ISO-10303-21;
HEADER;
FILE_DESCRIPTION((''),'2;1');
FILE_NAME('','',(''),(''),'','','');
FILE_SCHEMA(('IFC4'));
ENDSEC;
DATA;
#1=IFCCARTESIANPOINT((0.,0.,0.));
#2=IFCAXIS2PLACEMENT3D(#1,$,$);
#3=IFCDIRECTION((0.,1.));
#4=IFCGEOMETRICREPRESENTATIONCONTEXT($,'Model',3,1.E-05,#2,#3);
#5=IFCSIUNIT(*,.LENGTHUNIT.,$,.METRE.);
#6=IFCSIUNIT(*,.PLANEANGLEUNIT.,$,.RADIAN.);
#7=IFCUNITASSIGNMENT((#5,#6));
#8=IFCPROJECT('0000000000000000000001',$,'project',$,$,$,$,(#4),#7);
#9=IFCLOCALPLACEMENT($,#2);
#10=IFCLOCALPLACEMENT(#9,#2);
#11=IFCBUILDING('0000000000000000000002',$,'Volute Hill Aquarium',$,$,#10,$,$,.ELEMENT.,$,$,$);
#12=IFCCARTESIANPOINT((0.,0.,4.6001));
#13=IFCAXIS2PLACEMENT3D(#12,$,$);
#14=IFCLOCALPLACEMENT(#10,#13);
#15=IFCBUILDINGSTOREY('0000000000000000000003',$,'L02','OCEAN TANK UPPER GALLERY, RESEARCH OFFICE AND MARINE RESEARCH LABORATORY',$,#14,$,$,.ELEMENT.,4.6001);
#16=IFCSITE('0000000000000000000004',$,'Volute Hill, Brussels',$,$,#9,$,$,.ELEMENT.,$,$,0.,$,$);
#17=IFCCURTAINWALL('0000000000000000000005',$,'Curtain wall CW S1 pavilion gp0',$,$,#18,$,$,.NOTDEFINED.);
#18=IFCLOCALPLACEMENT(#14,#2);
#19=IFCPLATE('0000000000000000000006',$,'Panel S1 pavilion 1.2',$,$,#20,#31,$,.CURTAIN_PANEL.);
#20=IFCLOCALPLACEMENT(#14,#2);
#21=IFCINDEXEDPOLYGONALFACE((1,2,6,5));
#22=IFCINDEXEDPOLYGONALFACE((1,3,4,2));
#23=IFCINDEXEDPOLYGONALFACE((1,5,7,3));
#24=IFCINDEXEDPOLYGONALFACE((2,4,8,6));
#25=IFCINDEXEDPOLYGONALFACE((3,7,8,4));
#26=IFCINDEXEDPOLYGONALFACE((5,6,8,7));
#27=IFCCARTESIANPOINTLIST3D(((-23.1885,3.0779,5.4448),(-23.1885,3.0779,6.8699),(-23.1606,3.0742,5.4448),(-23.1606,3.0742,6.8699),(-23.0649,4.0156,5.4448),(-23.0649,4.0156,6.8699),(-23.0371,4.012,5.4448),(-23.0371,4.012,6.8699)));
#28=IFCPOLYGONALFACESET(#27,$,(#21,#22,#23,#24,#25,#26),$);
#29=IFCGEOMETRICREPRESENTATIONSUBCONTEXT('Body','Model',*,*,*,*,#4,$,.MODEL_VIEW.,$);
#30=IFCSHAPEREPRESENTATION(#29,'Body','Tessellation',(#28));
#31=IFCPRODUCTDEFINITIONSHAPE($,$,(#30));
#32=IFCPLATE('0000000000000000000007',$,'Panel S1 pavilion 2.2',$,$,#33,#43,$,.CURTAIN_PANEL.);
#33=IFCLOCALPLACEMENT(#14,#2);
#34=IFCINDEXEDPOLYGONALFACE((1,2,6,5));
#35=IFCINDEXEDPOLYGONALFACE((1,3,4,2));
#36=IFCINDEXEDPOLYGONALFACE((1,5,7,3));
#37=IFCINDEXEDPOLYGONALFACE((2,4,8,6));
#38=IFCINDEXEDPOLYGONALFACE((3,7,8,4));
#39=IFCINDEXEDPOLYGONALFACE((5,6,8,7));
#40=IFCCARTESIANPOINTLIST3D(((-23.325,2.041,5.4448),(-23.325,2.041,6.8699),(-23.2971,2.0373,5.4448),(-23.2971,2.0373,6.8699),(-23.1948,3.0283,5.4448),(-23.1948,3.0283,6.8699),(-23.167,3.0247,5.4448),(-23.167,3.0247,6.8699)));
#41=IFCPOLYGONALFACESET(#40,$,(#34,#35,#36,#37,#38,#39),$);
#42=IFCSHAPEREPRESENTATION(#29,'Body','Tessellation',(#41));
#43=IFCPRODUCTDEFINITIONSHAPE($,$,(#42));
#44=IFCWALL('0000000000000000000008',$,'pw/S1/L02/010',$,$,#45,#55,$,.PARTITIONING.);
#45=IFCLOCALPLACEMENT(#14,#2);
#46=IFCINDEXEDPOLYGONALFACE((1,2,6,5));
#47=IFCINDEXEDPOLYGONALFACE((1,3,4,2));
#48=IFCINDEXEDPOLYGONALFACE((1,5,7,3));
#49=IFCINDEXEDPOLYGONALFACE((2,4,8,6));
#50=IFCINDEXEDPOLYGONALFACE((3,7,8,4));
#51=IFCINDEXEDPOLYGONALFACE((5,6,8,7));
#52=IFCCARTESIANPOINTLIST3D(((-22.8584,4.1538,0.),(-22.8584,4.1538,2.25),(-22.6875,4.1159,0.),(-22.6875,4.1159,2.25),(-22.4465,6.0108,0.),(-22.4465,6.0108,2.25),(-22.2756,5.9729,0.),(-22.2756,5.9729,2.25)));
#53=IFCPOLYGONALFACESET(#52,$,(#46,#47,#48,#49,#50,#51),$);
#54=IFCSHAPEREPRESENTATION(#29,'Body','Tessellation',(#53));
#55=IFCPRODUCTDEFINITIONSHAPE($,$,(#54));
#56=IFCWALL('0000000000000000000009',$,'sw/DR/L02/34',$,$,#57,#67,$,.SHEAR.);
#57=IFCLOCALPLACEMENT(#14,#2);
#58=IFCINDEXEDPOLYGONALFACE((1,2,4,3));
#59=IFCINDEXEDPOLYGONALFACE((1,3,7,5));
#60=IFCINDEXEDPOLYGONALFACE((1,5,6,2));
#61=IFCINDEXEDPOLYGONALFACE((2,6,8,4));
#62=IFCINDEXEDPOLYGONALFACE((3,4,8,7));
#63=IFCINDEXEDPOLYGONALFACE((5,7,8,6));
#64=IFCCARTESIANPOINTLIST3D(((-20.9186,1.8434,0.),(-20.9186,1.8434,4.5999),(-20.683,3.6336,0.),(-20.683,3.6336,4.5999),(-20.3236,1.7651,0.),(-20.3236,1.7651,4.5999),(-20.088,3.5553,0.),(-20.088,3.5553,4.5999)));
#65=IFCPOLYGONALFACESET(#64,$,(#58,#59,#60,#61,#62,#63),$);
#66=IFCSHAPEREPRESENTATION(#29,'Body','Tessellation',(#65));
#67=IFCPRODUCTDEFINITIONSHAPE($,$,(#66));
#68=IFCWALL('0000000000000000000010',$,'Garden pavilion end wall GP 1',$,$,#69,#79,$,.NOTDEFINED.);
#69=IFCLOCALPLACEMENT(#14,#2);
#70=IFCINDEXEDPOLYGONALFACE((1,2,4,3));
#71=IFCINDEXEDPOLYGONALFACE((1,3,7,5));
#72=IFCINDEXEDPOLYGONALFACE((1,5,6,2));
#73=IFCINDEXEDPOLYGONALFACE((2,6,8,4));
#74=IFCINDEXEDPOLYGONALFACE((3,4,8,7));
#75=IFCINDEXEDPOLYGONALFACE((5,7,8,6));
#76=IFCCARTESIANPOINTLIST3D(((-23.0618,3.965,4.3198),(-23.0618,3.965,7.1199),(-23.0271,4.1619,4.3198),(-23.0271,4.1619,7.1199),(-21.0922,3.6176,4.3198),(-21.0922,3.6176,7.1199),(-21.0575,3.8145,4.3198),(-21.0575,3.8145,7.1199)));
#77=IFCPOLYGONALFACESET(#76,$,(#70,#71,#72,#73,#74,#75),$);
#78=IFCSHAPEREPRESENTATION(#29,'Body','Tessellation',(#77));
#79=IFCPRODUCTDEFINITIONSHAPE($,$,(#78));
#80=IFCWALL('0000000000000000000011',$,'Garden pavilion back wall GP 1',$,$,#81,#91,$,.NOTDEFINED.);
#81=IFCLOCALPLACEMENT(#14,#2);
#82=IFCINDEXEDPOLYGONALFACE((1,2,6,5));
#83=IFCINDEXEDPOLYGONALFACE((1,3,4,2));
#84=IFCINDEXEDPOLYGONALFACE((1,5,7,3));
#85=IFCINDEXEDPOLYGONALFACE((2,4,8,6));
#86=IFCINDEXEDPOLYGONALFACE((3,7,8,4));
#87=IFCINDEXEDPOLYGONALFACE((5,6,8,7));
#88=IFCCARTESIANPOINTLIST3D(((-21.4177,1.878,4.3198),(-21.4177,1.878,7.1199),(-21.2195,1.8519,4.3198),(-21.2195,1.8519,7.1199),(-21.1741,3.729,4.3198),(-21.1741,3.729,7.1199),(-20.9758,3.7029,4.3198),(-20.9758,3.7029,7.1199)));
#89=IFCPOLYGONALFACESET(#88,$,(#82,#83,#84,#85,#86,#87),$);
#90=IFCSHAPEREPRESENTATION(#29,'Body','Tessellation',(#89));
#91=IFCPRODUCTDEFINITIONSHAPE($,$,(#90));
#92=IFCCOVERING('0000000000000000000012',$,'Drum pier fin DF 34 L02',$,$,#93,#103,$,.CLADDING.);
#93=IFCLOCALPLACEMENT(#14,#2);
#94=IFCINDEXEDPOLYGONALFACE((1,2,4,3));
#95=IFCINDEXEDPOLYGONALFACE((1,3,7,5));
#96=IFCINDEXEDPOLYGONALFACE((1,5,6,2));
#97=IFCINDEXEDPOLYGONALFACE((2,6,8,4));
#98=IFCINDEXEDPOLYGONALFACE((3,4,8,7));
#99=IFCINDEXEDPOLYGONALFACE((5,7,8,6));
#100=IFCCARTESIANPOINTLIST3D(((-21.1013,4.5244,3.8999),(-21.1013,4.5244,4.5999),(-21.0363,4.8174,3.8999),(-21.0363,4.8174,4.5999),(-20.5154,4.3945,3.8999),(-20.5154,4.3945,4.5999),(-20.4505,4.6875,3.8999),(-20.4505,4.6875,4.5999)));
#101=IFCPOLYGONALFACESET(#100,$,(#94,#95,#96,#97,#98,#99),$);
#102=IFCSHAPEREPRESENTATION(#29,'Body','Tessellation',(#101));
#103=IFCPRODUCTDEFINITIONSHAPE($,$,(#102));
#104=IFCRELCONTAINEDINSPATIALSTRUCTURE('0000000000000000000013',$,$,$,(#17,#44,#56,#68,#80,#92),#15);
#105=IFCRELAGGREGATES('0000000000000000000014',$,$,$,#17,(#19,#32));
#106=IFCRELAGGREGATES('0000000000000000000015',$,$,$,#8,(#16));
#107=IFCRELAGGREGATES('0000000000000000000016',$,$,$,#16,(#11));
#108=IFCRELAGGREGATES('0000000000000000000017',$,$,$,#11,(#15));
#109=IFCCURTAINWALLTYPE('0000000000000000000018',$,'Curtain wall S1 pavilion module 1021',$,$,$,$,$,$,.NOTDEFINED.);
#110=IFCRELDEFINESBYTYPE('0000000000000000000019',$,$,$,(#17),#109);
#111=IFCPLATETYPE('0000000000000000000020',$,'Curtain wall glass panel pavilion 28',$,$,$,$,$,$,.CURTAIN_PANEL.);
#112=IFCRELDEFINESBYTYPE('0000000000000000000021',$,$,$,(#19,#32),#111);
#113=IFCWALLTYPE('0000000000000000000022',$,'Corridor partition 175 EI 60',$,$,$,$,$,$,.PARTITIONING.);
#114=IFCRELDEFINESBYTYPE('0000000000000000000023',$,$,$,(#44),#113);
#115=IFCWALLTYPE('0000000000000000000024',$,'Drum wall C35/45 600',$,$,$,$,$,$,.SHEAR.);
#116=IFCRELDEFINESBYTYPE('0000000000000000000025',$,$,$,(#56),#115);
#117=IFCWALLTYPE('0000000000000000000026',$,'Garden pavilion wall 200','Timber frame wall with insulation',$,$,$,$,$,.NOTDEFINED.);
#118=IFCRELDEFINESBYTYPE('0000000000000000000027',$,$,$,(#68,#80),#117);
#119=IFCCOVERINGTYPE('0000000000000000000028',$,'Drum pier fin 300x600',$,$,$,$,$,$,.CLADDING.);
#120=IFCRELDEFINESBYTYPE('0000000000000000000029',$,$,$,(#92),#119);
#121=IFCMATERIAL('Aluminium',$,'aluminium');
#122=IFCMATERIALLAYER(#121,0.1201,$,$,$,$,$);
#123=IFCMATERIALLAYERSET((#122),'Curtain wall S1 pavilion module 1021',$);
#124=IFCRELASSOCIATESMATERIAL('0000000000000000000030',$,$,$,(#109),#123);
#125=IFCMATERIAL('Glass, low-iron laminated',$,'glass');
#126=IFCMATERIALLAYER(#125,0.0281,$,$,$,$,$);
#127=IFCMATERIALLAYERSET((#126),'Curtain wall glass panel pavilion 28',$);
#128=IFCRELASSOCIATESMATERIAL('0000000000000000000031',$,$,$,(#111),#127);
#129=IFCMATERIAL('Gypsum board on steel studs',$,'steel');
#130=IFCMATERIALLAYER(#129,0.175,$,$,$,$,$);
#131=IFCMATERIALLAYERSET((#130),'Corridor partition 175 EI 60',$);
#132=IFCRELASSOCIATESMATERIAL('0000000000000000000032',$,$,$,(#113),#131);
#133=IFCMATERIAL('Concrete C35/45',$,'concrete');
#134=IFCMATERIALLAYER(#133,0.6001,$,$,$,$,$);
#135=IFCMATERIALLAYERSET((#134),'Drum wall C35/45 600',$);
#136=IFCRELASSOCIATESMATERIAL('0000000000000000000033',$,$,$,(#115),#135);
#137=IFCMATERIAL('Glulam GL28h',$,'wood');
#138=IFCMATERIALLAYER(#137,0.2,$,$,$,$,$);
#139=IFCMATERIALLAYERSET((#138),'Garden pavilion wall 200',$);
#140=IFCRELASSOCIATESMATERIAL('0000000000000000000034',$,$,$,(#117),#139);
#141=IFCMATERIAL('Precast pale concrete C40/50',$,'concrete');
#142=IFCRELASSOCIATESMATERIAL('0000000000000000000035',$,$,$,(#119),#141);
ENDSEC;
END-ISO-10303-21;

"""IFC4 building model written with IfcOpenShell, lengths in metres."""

from ifc_helpers import new_model, si_unit, direction, frame, frame_2d, origin, origin_2d, place, context, subcontext, project, spatial, polyline, rectangle, outline, extrude, material, layer, layer_set, type_object, element, aggregate, save


model = new_model("IFC4")

# Units and contexts
model_context = context("Model", 3, precision=1e-05, world=origin(), true_north=direction((0.0, 1.0)))
body_context = subcontext(model_context, "Body", "Model", "MODEL_VIEW")
ifc_project = project(units=[si_unit("LENGTHUNIT", "METRE"), si_unit("PLANEANGLEUNIT", "RADIAN")], contexts=[model_context])

# Site, building, storey
site_placement = place(None, origin())
site = spatial("IfcSite", under=ifc_project, at=site_placement, Name="Volute Hill, Brussels", CompositionType="ELEMENT", RefElevation=0.0)
building_placement = place(site_placement, origin())
building = spatial("IfcBuilding", under=site, at=building_placement, Name="Volute Hill Aquarium", CompositionType="ELEMENT")
storey_placement = place(building_placement, frame((0.0, 0.0, 4.6001)))
storey = spatial("IfcBuildingStorey", under=building, at=storey_placement, Name="L02", Description="OCEAN TANK UPPER GALLERY, RESEARCH OFFICE AND MARINE RESEARCH LABORATORY", CompositionType="ELEMENT", Elevation=4.6001)

# Curtain wall
ifc_material_1 = material(Name="Aluminium", Category="aluminium")
ifc_layer_1 = layer(ifc_material_1, 0.1201)
ifc_layer_set_1 = layer_set([ifc_layer_1], Name="Curtain wall S1 pavilion module 1021")
curtain_wall_type = type_object("IfcCurtainWallType", Name="Curtain wall S1 pavilion module 1021", PredefinedType="NOTDEFINED", material=ifc_layer_set_1)
curtain_wall_placement = place(storey_placement, origin())
curtain_wall = element("IfcCurtainWall", 1, at=curtain_wall_placement, inside=storey, type_object=curtain_wall_type, Name="Curtain wall CW S1 pavilion gp0", PredefinedType="NOTDEFINED")

# Plates
ifc_material_2 = material(Name="Glass, low-iron laminated", Category="glass")
ifc_layer_2 = layer(ifc_material_2, 0.0281)
ifc_layer_set_2 = layer_set([ifc_layer_2], Name="Curtain wall glass panel pavilion 28")
plate_type = type_object("IfcPlateType", Name="Curtain wall glass panel pavilion 28", PredefinedType="CURTAIN_PANEL", material=ifc_layer_set_2)
plate_1_placement = place(storey_placement, frame((-23.0649, 4.0156, 5.4448), z_axis=(-0.991434, 0.130608, 0.0), x_axis=(-0.130608, -0.991434, 0.0)))
plate_1 = element("IfcPlate", 2, at=plate_1_placement, type_object=plate_type, Name="Panel S1 pavilion 1.2", PredefinedType="CURTAIN_PANEL", context=body_context, shape_type="SweptSolid", body=[
    extrude(outline(polyline([(0.0, 0.0), (0.9458, 0.0), (0.9458, 1.425), (0.0, 1.425), (0.0, 0.0)])), origin(), (0.0, 0.0, -1.0), 0.0281),
])
plate_2_placement = place(storey_placement, frame((-23.1948, 3.0283, 5.4448), z_axis=(-0.991426, 0.13067, 0.0), x_axis=(-0.13067, -0.991426, 0.0)))
plate_2 = element("IfcPlate", 3, at=plate_2_placement, type_object=plate_type, Name="Panel S1 pavilion 2.2", PredefinedType="CURTAIN_PANEL", context=body_context, shape_type="SweptSolid", body=[
    extrude(outline(polyline([(0.0, 0.0), (0.9958, 0.0), (0.9958, 1.425), (0.0, 1.425), (0.0, 0.0)])), origin(), (0.0, 0.0, -1.0), 0.0281),
])
aggregate(curtain_wall, [plate_1, plate_2])

# Walls
ifc_material_3 = material(Name="Gypsum board on steel studs", Category="steel")
ifc_layer_3 = layer(ifc_material_3, 0.175)
ifc_layer_set_3 = layer_set([ifc_layer_3], Name="Corridor partition 175 EI 60")
wall_type_1 = type_object("IfcWallType", Name="Corridor partition 175 EI 60", PredefinedType="PARTITIONING", material=ifc_layer_set_3)
wall_1_placement = place(storey_placement, frame((-22.7729, 4.1348, 0.0), z_axis=(0.0, 0.0, 1.0), x_axis=(0.216536, 0.976275, 0.0)))
element("IfcWall", 4, at=wall_1_placement, inside=storey, type_object=wall_type_1, Name="pw/S1/L02/010", PredefinedType="PARTITIONING", context=body_context, shape_type="SweptSolid", body=[
    extrude(rectangle(XDim=1.9021, YDim=0.175, at=frame_2d((0.9512, 0.0))), origin(), (0.0, 0.0, 1.0), 2.25),
])
ifc_material_4 = material(Name="Concrete C35/45", Category="concrete")
ifc_layer_4 = layer(ifc_material_4, 0.6001)
ifc_layer_set_4 = layer_set([ifc_layer_4], Name="Drum wall C35/45 600")
wall_type_2 = type_object("IfcWallType", Name="Drum wall C35/45 600", PredefinedType="SHEAR", material=ifc_layer_set_4)
wall_2_placement = place(storey_placement, frame((-20.3855, 3.5945, 0.0), z_axis=(0.0, 0.0, 1.0), x_axis=(-0.130472, -0.991452, 0.0)))
element("IfcWall", 5, at=wall_2_placement, inside=storey, type_object=wall_type_2, Name="sw/DR/L02/34", PredefinedType="SHEAR", context=body_context, shape_type="SweptSolid", body=[
    extrude(rectangle(XDim=1.8057, YDim=0.6001, at=frame_2d((0.9028, 0.0))), origin(), (0.0, 0.0, 1.0), 4.5999),
])
ifc_material_5 = material(Name="Glulam GL28h", Category="wood")
ifc_layer_5 = layer(ifc_material_5, 0.2)
ifc_layer_set_5 = layer_set([ifc_layer_5], Name="Garden pavilion wall 200")
wall_type_3 = type_object("IfcWallType", Name="Garden pavilion wall 200", Description="Timber frame wall with insulation", PredefinedType="NOTDEFINED", material=ifc_layer_set_5)
wall_3_placement = place(storey_placement, frame((-23.0444, 4.0635, 4.3198), z_axis=(0.0, 0.0, 1.0), x_axis=(0.984796, -0.173716, 0.0)))
element("IfcWall", 6, at=wall_3_placement, inside=storey, type_object=wall_type_3, Name="Garden pavilion end wall GP 1", PredefinedType="NOTDEFINED", context=body_context, shape_type="SweptSolid", body=[
    extrude(rectangle(XDim=2.0, YDim=0.2, at=frame_2d((1.0, 0.0))), origin(), (0.0, 0.0, 1.0), 2.8),
])
wall_4_placement = place(storey_placement, frame((-21.075, 3.7161, 4.3198), z_axis=(0.0, 0.0, 1.0), x_axis=(-0.130502, -0.991448, 0.0)))
element("IfcWall", 7, at=wall_4_placement, inside=storey, type_object=wall_type_3, Name="Garden pavilion back wall GP 1", PredefinedType="NOTDEFINED", context=body_context, shape_type="SweptSolid", body=[
    extrude(rectangle(XDim=1.8669, YDim=0.2, at=frame_2d((0.9336, 0.0))), origin(), (0.0, 0.0, 1.0), 2.8),
])

# Covering
ifc_material_6 = material(Name="Precast pale concrete C40/50", Category="concrete")
covering_type = type_object("IfcCoveringType", Name="Drum pier fin 300x600", PredefinedType="CLADDING", material=ifc_material_6)
covering_placement = place(storey_placement, frame((-20.7759, 4.606, 3.8999), z_axis=(0.0, 0.0, 1.0), x_axis=(-0.21644, -0.976296, 0.0)))
element("IfcCovering", 8, at=covering_placement, inside=storey, type_object=covering_type, Name="Drum pier fin DF 34 L02", PredefinedType="CLADDING", context=body_context, shape_type="SweptSolid", body=[
    extrude(rectangle(XDim=0.3, YDim=0.6001, at=origin_2d()), origin(), (0.0, 0.0, 1.0), 0.7),
])

save(model, "model.ifc")
